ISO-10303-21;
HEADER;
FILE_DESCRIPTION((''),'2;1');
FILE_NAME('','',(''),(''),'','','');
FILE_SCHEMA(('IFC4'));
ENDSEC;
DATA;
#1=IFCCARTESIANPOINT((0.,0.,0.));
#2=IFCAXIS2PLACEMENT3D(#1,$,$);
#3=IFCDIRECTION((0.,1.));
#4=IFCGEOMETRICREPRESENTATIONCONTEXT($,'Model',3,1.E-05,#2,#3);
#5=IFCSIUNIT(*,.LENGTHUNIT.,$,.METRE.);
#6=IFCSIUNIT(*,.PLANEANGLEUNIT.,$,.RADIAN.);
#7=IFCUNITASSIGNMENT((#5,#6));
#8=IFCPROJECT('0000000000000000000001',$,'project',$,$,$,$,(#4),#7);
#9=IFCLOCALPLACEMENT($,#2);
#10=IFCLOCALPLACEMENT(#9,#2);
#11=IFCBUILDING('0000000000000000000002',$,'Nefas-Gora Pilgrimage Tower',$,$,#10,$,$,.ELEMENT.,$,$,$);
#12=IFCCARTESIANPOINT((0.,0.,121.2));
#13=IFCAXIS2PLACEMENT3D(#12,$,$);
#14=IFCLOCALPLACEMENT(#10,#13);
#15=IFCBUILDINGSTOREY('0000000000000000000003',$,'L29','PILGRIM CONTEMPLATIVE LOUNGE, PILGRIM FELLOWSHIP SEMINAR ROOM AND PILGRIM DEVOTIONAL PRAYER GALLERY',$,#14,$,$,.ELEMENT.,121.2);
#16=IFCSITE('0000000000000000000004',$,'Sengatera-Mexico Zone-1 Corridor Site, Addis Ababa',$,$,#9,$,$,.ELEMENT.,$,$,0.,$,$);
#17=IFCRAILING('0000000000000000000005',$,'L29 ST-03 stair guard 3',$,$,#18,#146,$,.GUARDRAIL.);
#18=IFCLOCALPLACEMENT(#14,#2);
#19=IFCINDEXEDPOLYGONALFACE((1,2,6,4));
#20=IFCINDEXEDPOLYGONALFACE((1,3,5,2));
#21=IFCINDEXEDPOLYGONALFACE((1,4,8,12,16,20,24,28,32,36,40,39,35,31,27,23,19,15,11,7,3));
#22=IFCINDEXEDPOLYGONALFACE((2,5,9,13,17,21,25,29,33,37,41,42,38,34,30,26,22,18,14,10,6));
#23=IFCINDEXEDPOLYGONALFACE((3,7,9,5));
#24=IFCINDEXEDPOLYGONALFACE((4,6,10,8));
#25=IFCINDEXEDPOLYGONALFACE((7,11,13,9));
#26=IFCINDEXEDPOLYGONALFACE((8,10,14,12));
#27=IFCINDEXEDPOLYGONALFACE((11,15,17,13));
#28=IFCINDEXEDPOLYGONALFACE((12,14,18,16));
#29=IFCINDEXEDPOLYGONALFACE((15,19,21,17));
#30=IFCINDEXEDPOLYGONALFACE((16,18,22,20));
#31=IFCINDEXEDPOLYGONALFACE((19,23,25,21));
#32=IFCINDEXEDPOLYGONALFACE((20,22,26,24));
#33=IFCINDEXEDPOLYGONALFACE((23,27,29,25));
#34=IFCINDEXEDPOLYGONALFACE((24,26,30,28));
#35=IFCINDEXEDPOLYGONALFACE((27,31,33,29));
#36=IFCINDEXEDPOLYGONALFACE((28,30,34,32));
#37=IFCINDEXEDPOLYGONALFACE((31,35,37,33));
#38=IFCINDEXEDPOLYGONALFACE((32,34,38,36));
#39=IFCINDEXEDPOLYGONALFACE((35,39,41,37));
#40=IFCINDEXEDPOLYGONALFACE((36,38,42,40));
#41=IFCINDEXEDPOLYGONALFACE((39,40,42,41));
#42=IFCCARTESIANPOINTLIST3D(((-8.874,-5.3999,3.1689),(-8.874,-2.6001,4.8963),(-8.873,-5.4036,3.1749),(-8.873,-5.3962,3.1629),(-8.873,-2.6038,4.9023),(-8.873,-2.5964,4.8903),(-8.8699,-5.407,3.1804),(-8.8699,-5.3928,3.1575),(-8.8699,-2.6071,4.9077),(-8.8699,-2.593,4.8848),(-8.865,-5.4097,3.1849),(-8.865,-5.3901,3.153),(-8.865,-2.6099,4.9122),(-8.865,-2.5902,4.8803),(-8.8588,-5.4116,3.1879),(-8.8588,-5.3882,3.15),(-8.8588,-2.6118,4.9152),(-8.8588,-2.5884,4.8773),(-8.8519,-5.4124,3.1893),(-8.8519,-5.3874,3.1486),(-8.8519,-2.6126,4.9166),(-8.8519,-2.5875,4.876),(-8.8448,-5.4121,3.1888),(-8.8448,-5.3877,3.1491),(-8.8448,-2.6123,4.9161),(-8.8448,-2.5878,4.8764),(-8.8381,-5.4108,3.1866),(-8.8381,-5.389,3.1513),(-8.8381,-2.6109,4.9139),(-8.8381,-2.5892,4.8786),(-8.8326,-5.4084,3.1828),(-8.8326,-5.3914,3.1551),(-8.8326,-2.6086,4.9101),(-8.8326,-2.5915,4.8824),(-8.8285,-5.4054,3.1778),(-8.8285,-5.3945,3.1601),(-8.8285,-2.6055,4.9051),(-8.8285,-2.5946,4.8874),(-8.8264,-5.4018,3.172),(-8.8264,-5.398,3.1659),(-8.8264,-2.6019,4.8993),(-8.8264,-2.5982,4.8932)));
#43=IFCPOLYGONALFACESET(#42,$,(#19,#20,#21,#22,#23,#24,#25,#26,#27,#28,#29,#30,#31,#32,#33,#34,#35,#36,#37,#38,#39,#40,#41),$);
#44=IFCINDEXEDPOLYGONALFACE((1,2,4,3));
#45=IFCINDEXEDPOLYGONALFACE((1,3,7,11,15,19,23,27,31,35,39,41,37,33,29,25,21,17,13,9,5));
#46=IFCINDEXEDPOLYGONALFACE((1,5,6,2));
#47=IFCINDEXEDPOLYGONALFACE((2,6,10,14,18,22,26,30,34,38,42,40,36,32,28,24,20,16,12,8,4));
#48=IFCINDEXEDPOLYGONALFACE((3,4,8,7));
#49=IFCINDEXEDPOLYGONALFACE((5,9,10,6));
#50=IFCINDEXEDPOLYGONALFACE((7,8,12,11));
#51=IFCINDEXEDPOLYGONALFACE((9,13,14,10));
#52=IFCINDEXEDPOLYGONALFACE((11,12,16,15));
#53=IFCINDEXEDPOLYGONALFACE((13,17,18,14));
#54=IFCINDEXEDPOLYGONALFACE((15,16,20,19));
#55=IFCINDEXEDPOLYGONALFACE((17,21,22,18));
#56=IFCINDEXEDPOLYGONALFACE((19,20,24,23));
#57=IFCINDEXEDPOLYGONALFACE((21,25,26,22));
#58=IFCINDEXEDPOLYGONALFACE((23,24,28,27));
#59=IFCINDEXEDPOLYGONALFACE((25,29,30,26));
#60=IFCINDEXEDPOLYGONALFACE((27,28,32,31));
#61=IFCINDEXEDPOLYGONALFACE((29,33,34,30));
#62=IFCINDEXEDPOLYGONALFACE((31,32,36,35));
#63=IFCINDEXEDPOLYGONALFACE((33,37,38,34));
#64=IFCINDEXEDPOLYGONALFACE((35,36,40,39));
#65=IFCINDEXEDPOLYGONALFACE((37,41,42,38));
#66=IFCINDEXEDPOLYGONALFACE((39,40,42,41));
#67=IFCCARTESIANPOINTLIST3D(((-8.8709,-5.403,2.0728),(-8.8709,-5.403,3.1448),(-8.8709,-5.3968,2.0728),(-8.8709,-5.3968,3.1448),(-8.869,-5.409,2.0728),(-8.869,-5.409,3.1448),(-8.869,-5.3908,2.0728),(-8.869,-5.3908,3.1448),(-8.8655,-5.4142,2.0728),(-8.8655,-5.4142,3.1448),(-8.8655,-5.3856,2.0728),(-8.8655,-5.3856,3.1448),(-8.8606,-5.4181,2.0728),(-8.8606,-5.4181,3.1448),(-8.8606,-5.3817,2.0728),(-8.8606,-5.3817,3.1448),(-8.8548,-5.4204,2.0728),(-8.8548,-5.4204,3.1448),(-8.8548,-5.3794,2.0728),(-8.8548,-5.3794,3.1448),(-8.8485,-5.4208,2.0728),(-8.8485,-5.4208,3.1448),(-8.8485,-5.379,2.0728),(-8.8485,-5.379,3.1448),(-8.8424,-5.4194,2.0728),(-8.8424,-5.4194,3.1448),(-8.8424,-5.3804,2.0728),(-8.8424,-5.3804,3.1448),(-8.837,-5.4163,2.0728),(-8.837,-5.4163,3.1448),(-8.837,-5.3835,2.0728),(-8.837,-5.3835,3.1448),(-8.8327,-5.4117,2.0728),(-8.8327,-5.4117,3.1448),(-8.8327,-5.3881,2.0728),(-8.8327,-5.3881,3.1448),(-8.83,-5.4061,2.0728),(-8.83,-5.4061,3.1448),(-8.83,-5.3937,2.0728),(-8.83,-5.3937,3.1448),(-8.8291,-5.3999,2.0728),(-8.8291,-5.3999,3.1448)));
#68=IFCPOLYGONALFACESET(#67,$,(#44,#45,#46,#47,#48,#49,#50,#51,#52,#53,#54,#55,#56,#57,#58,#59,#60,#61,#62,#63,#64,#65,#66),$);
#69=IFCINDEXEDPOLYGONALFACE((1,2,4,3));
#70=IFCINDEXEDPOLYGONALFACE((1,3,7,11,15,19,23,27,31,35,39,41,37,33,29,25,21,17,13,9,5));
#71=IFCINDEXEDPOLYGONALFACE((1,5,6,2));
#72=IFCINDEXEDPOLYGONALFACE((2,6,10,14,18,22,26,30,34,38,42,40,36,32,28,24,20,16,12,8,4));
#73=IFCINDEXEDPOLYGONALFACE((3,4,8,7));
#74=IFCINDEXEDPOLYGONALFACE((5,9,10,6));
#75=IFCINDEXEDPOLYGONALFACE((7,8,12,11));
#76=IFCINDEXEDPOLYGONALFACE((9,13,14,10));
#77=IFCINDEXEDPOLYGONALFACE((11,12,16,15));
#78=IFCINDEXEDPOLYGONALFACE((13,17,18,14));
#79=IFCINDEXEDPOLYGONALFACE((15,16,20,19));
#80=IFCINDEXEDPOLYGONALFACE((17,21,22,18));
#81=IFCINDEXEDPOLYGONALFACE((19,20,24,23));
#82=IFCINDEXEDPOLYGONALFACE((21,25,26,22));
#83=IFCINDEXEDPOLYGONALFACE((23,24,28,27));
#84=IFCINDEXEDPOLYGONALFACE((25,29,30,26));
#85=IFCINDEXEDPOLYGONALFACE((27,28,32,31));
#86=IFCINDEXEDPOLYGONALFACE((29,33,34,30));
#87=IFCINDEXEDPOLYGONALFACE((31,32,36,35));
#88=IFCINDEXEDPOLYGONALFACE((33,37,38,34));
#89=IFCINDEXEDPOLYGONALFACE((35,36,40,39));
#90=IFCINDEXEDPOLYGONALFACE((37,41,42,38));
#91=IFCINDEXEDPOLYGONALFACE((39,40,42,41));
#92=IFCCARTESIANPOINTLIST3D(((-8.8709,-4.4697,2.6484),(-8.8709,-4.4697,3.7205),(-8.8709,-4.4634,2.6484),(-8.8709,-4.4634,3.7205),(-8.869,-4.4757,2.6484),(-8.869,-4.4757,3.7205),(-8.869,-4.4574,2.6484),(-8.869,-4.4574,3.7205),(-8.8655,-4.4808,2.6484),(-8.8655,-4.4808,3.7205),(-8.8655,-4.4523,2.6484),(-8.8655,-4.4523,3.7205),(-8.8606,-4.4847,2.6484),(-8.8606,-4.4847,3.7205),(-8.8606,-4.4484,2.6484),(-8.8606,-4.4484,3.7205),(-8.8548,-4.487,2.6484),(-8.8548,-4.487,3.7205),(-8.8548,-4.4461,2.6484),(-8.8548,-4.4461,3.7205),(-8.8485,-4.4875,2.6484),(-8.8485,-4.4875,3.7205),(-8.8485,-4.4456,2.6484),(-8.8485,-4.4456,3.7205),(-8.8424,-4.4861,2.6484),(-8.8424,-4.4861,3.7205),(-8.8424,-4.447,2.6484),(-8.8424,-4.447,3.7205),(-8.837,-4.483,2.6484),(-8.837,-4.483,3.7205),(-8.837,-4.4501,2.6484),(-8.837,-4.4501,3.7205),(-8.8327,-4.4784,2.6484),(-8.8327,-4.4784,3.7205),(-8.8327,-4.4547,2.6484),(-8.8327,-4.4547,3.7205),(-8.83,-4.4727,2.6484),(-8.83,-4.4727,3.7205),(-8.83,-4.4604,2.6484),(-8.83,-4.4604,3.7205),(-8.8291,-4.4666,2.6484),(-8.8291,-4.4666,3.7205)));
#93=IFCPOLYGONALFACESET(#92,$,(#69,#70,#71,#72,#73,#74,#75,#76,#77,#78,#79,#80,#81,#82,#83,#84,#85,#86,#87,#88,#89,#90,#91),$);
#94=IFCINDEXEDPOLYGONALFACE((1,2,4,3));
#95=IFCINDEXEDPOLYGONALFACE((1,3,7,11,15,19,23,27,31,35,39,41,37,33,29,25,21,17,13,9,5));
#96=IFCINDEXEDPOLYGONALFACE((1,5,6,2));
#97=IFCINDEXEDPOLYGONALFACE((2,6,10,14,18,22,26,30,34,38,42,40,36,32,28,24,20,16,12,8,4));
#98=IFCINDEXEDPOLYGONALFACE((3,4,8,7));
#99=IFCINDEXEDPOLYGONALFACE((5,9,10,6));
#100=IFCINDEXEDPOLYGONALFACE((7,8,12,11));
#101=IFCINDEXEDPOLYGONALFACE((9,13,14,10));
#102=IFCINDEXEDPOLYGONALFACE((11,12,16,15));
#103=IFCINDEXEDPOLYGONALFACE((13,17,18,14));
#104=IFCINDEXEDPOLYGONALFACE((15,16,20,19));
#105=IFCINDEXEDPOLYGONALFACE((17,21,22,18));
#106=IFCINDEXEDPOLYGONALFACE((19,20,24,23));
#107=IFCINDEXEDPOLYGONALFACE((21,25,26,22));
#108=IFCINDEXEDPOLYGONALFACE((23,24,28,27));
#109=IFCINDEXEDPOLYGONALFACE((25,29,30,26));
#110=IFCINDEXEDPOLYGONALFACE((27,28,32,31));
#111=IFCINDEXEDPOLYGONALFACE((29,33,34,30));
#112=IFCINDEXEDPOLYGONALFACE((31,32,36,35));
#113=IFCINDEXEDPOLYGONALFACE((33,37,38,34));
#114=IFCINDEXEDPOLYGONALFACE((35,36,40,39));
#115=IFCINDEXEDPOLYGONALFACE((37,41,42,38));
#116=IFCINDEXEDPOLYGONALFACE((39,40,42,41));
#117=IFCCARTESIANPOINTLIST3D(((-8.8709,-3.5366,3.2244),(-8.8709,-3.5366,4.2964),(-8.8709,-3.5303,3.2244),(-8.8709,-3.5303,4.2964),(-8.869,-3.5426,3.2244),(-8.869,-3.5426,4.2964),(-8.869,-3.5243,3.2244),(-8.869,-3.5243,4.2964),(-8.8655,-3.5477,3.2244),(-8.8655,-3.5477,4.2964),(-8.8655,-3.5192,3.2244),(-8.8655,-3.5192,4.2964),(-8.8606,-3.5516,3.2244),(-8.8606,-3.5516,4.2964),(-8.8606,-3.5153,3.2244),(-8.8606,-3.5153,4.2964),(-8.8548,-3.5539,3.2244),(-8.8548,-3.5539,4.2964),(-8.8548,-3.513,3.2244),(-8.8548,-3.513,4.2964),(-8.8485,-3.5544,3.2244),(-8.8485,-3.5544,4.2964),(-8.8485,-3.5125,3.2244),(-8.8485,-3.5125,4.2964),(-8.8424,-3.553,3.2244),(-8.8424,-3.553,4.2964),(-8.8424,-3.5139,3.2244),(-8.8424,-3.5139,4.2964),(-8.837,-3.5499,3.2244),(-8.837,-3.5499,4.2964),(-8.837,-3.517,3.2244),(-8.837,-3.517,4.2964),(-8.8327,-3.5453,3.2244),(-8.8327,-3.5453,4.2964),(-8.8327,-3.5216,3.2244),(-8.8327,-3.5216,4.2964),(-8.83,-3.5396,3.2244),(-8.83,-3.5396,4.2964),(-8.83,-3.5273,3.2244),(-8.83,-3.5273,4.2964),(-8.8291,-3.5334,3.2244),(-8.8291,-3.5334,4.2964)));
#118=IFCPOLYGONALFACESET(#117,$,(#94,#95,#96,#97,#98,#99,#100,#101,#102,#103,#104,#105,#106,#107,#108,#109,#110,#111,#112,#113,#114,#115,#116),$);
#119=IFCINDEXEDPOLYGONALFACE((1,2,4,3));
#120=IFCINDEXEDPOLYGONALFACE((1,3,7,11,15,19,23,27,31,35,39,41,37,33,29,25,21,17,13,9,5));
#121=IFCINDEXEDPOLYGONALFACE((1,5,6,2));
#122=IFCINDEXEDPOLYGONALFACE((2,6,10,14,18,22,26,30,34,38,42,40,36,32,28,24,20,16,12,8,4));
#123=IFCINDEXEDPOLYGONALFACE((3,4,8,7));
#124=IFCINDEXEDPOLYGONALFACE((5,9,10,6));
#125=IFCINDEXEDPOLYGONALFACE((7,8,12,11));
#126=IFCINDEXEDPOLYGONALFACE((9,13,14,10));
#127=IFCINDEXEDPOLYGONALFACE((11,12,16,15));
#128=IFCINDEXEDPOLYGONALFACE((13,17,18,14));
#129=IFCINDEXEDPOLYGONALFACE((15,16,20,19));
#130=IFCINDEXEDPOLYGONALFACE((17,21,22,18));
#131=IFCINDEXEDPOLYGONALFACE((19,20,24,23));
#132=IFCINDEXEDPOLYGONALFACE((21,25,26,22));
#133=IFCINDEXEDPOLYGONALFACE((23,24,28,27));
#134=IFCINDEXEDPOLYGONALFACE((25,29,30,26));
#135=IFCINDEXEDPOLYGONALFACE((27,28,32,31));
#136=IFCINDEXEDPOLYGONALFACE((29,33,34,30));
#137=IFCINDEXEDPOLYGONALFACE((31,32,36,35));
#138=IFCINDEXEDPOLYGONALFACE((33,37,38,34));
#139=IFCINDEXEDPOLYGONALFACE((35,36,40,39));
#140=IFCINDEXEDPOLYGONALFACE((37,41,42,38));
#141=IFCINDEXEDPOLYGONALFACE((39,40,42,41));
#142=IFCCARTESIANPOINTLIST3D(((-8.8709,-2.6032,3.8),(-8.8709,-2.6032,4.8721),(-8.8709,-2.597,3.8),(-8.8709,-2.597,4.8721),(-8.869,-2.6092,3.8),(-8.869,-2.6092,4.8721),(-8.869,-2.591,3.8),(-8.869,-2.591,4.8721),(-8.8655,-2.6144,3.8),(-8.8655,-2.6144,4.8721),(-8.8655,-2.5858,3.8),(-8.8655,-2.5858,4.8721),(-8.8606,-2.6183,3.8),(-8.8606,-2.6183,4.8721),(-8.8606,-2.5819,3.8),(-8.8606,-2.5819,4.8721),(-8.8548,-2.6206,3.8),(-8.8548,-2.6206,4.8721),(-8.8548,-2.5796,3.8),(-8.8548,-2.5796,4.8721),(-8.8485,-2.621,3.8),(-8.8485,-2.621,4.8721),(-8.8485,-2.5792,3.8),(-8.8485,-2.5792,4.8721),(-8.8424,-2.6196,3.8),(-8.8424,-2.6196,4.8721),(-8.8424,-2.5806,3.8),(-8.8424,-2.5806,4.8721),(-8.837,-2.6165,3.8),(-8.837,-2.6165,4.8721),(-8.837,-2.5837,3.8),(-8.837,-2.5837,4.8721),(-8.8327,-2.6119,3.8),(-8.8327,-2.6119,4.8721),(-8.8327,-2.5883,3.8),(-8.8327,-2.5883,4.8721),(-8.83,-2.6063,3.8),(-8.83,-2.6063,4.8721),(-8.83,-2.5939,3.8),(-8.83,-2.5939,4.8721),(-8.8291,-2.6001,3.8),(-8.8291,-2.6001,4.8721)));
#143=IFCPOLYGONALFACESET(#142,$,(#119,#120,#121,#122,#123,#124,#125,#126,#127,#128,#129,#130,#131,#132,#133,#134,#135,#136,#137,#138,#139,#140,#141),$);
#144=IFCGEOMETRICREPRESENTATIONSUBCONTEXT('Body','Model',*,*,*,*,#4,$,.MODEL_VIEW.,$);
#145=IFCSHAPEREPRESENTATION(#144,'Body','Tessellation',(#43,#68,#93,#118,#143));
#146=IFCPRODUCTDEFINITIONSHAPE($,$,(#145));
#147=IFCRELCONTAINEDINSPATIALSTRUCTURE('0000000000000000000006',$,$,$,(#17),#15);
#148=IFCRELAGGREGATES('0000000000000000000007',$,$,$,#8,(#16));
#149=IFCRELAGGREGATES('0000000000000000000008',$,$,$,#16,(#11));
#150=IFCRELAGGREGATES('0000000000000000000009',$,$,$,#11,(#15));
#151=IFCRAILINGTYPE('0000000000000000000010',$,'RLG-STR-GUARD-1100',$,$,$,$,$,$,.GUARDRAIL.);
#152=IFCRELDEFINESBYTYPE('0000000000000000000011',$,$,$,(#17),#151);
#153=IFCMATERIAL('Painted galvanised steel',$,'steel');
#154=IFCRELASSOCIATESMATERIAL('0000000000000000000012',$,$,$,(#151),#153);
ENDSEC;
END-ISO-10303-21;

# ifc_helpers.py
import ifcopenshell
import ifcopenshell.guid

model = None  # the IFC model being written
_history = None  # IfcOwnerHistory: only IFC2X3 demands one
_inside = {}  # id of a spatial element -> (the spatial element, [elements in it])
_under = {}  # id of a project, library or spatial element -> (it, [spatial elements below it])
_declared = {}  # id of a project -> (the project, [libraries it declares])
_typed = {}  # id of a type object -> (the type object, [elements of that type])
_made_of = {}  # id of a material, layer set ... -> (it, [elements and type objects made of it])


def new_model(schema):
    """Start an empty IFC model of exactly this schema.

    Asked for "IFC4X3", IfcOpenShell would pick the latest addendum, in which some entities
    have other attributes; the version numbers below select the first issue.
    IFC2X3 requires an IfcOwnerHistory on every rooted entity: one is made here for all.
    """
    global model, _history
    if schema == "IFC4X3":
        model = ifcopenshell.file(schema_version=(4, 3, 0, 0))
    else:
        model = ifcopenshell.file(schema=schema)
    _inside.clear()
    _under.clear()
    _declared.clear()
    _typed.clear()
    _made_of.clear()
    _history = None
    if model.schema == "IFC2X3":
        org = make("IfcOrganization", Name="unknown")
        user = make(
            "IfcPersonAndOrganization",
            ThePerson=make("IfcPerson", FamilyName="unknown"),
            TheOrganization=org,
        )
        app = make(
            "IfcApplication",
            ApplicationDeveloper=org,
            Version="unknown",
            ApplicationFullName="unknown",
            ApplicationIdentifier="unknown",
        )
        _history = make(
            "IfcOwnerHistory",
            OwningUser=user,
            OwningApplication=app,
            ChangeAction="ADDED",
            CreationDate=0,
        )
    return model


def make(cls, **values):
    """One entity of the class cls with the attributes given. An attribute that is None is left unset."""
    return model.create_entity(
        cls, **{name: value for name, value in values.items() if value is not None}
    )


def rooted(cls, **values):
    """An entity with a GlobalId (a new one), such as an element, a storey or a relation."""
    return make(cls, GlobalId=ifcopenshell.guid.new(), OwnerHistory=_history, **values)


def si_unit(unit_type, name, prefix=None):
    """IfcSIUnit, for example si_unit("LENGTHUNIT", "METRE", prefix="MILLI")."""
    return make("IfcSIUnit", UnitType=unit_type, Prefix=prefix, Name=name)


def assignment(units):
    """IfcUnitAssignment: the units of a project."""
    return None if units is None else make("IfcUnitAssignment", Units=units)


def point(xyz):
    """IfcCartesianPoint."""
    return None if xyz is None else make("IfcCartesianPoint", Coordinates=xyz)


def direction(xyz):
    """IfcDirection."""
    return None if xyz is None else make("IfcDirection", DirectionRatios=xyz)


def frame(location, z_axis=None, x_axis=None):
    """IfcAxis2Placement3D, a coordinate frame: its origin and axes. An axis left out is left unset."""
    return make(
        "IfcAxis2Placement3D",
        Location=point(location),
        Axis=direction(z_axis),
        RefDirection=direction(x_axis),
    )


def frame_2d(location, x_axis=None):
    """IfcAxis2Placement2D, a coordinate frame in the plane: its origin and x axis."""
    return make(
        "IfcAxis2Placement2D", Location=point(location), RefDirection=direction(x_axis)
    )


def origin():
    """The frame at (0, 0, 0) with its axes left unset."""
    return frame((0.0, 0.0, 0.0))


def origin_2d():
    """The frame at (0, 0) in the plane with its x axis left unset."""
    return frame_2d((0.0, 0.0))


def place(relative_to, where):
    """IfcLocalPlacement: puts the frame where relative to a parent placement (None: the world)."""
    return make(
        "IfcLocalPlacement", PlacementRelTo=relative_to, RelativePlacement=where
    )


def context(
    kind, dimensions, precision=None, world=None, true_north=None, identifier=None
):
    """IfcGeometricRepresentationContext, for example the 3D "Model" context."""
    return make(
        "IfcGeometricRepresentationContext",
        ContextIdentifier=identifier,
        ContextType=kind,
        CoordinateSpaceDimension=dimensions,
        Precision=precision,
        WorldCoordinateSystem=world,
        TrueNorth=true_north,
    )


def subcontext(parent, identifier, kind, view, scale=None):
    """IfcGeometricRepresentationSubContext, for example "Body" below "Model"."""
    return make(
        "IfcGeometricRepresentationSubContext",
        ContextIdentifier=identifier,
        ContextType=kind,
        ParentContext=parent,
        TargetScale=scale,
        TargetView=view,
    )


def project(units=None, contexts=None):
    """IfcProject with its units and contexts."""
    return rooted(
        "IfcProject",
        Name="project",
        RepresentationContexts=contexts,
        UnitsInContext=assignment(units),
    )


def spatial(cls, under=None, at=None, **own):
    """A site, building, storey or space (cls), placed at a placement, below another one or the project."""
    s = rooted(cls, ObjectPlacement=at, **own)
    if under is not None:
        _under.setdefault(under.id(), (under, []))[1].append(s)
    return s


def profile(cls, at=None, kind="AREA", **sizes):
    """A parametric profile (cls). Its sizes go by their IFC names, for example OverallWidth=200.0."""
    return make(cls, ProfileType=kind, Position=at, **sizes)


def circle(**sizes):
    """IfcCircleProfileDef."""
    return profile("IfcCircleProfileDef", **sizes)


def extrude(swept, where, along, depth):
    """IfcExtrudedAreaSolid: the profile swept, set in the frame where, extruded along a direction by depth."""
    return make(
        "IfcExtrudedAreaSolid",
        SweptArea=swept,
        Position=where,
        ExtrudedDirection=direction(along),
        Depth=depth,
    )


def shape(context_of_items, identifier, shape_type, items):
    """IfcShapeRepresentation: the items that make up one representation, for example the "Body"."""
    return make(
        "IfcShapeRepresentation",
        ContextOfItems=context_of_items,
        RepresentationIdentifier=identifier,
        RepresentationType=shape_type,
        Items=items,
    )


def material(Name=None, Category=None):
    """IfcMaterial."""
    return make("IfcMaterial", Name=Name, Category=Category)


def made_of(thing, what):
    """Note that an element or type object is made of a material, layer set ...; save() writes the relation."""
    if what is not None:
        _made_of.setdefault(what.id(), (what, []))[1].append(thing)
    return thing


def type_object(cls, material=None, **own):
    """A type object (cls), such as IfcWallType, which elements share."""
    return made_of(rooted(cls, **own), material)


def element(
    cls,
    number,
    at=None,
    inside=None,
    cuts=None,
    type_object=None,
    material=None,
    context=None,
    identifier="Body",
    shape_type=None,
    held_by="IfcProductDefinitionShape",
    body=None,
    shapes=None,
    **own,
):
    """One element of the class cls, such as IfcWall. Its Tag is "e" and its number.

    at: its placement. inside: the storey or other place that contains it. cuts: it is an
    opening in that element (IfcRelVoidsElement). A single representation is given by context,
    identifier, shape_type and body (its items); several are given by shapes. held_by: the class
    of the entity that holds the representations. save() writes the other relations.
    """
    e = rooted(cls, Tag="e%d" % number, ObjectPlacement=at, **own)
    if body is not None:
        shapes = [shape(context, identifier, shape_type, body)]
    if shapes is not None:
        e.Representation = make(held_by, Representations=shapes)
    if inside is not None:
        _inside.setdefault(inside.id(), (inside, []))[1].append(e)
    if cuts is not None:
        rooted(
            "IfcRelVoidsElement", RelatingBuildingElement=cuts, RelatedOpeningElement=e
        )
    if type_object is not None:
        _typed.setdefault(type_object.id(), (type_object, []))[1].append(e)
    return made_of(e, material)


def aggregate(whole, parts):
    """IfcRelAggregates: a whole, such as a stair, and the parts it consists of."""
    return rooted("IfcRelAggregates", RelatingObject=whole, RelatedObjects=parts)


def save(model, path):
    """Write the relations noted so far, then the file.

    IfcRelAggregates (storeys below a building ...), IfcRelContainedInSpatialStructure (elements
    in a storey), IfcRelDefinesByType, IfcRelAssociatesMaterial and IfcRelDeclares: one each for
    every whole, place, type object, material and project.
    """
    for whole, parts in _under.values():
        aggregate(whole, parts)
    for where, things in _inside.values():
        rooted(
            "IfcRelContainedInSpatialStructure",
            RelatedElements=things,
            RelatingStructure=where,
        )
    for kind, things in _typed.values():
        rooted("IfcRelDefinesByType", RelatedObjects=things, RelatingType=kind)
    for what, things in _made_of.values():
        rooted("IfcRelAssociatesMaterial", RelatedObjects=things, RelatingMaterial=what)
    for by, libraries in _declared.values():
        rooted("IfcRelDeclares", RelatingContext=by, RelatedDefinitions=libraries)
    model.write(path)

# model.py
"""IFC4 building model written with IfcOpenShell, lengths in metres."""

from ifc_helpers import new_model, si_unit, direction, frame, origin, origin_2d, place, context, subcontext, project, spatial, circle, extrude, material, type_object, element, save


model = new_model("IFC4")

# Units and contexts
model_context = context("Model", 3, precision=1e-05, world=origin(), true_north=direction((0.0, 1.0)))
body_context = subcontext(model_context, "Body", "Model", "MODEL_VIEW")
ifc_project = project(units=[si_unit("LENGTHUNIT", "METRE"), si_unit("PLANEANGLEUNIT", "RADIAN")], contexts=[model_context])

# Site, building, storey
site_placement = place(None, origin())
site = spatial("IfcSite", under=ifc_project, at=site_placement, Name="Sengatera-Mexico Zone-1 Corridor Site, Addis Ababa", CompositionType="ELEMENT", RefElevation=0.0)
building_placement = place(site_placement, origin())
building = spatial("IfcBuilding", under=site, at=building_placement, Name="Nefas-Gora Pilgrimage Tower", CompositionType="ELEMENT")
storey_placement = place(building_placement, frame((0.0, 0.0, 121.2)))
storey = spatial("IfcBuildingStorey", under=building, at=storey_placement, Name="L29", Description="PILGRIM CONTEMPLATIVE LOUNGE, PILGRIM FELLOWSHIP SEMINAR ROOM AND PILGRIM DEVOTIONAL PRAYER GALLERY", CompositionType="ELEMENT", Elevation=121.2)

# Railing
ifc_material_1 = material(Name="Painted galvanised steel", Category="steel")
railing_type_1 = type_object("IfcRailingType", Name="RLG-STR-GUARD-1100", PredefinedType="GUARDRAIL", material=ifc_material_1)
railing_1_placement = place(storey_placement, frame((-8.8501, -5.3999, 2.0728)))
element("IfcRailing", 1, at=railing_1_placement, inside=storey, type_object=railing_type_1, Name="L29 ST-03 stair guard 3", PredefinedType="GUARDRAIL", context=body_context, shape_type="SweptSolid", body=[
    extrude(circle(Radius=0.0239, at=origin_2d()), frame((0.0, 0.0, 1.0962), z_axis=(0.0, 0.851069, 0.525054), x_axis=(-1.0, 0.0, 0.0)), (0.0, 0.0, 1.0), 3.2898),
    extrude(circle(Radius=0.021, at=origin_2d()), origin(), (0.0, 0.0, 1.0), 1.072),
    extrude(circle(Radius=0.021, at=origin_2d()), frame((0.0, 0.9333, 0.5757)), (0.0, 0.0, 1.0), 1.072),
    extrude(circle(Radius=0.021, at=origin_2d()), frame((0.0, 1.8665, 1.1516)), (0.0, 0.0, 1.0), 1.072),
    extrude(circle(Radius=0.021, at=origin_2d()), frame((0.0, 2.7998, 1.7273)), (0.0, 0.0, 1.0), 1.072),
])

save(model, "model.ifc")
